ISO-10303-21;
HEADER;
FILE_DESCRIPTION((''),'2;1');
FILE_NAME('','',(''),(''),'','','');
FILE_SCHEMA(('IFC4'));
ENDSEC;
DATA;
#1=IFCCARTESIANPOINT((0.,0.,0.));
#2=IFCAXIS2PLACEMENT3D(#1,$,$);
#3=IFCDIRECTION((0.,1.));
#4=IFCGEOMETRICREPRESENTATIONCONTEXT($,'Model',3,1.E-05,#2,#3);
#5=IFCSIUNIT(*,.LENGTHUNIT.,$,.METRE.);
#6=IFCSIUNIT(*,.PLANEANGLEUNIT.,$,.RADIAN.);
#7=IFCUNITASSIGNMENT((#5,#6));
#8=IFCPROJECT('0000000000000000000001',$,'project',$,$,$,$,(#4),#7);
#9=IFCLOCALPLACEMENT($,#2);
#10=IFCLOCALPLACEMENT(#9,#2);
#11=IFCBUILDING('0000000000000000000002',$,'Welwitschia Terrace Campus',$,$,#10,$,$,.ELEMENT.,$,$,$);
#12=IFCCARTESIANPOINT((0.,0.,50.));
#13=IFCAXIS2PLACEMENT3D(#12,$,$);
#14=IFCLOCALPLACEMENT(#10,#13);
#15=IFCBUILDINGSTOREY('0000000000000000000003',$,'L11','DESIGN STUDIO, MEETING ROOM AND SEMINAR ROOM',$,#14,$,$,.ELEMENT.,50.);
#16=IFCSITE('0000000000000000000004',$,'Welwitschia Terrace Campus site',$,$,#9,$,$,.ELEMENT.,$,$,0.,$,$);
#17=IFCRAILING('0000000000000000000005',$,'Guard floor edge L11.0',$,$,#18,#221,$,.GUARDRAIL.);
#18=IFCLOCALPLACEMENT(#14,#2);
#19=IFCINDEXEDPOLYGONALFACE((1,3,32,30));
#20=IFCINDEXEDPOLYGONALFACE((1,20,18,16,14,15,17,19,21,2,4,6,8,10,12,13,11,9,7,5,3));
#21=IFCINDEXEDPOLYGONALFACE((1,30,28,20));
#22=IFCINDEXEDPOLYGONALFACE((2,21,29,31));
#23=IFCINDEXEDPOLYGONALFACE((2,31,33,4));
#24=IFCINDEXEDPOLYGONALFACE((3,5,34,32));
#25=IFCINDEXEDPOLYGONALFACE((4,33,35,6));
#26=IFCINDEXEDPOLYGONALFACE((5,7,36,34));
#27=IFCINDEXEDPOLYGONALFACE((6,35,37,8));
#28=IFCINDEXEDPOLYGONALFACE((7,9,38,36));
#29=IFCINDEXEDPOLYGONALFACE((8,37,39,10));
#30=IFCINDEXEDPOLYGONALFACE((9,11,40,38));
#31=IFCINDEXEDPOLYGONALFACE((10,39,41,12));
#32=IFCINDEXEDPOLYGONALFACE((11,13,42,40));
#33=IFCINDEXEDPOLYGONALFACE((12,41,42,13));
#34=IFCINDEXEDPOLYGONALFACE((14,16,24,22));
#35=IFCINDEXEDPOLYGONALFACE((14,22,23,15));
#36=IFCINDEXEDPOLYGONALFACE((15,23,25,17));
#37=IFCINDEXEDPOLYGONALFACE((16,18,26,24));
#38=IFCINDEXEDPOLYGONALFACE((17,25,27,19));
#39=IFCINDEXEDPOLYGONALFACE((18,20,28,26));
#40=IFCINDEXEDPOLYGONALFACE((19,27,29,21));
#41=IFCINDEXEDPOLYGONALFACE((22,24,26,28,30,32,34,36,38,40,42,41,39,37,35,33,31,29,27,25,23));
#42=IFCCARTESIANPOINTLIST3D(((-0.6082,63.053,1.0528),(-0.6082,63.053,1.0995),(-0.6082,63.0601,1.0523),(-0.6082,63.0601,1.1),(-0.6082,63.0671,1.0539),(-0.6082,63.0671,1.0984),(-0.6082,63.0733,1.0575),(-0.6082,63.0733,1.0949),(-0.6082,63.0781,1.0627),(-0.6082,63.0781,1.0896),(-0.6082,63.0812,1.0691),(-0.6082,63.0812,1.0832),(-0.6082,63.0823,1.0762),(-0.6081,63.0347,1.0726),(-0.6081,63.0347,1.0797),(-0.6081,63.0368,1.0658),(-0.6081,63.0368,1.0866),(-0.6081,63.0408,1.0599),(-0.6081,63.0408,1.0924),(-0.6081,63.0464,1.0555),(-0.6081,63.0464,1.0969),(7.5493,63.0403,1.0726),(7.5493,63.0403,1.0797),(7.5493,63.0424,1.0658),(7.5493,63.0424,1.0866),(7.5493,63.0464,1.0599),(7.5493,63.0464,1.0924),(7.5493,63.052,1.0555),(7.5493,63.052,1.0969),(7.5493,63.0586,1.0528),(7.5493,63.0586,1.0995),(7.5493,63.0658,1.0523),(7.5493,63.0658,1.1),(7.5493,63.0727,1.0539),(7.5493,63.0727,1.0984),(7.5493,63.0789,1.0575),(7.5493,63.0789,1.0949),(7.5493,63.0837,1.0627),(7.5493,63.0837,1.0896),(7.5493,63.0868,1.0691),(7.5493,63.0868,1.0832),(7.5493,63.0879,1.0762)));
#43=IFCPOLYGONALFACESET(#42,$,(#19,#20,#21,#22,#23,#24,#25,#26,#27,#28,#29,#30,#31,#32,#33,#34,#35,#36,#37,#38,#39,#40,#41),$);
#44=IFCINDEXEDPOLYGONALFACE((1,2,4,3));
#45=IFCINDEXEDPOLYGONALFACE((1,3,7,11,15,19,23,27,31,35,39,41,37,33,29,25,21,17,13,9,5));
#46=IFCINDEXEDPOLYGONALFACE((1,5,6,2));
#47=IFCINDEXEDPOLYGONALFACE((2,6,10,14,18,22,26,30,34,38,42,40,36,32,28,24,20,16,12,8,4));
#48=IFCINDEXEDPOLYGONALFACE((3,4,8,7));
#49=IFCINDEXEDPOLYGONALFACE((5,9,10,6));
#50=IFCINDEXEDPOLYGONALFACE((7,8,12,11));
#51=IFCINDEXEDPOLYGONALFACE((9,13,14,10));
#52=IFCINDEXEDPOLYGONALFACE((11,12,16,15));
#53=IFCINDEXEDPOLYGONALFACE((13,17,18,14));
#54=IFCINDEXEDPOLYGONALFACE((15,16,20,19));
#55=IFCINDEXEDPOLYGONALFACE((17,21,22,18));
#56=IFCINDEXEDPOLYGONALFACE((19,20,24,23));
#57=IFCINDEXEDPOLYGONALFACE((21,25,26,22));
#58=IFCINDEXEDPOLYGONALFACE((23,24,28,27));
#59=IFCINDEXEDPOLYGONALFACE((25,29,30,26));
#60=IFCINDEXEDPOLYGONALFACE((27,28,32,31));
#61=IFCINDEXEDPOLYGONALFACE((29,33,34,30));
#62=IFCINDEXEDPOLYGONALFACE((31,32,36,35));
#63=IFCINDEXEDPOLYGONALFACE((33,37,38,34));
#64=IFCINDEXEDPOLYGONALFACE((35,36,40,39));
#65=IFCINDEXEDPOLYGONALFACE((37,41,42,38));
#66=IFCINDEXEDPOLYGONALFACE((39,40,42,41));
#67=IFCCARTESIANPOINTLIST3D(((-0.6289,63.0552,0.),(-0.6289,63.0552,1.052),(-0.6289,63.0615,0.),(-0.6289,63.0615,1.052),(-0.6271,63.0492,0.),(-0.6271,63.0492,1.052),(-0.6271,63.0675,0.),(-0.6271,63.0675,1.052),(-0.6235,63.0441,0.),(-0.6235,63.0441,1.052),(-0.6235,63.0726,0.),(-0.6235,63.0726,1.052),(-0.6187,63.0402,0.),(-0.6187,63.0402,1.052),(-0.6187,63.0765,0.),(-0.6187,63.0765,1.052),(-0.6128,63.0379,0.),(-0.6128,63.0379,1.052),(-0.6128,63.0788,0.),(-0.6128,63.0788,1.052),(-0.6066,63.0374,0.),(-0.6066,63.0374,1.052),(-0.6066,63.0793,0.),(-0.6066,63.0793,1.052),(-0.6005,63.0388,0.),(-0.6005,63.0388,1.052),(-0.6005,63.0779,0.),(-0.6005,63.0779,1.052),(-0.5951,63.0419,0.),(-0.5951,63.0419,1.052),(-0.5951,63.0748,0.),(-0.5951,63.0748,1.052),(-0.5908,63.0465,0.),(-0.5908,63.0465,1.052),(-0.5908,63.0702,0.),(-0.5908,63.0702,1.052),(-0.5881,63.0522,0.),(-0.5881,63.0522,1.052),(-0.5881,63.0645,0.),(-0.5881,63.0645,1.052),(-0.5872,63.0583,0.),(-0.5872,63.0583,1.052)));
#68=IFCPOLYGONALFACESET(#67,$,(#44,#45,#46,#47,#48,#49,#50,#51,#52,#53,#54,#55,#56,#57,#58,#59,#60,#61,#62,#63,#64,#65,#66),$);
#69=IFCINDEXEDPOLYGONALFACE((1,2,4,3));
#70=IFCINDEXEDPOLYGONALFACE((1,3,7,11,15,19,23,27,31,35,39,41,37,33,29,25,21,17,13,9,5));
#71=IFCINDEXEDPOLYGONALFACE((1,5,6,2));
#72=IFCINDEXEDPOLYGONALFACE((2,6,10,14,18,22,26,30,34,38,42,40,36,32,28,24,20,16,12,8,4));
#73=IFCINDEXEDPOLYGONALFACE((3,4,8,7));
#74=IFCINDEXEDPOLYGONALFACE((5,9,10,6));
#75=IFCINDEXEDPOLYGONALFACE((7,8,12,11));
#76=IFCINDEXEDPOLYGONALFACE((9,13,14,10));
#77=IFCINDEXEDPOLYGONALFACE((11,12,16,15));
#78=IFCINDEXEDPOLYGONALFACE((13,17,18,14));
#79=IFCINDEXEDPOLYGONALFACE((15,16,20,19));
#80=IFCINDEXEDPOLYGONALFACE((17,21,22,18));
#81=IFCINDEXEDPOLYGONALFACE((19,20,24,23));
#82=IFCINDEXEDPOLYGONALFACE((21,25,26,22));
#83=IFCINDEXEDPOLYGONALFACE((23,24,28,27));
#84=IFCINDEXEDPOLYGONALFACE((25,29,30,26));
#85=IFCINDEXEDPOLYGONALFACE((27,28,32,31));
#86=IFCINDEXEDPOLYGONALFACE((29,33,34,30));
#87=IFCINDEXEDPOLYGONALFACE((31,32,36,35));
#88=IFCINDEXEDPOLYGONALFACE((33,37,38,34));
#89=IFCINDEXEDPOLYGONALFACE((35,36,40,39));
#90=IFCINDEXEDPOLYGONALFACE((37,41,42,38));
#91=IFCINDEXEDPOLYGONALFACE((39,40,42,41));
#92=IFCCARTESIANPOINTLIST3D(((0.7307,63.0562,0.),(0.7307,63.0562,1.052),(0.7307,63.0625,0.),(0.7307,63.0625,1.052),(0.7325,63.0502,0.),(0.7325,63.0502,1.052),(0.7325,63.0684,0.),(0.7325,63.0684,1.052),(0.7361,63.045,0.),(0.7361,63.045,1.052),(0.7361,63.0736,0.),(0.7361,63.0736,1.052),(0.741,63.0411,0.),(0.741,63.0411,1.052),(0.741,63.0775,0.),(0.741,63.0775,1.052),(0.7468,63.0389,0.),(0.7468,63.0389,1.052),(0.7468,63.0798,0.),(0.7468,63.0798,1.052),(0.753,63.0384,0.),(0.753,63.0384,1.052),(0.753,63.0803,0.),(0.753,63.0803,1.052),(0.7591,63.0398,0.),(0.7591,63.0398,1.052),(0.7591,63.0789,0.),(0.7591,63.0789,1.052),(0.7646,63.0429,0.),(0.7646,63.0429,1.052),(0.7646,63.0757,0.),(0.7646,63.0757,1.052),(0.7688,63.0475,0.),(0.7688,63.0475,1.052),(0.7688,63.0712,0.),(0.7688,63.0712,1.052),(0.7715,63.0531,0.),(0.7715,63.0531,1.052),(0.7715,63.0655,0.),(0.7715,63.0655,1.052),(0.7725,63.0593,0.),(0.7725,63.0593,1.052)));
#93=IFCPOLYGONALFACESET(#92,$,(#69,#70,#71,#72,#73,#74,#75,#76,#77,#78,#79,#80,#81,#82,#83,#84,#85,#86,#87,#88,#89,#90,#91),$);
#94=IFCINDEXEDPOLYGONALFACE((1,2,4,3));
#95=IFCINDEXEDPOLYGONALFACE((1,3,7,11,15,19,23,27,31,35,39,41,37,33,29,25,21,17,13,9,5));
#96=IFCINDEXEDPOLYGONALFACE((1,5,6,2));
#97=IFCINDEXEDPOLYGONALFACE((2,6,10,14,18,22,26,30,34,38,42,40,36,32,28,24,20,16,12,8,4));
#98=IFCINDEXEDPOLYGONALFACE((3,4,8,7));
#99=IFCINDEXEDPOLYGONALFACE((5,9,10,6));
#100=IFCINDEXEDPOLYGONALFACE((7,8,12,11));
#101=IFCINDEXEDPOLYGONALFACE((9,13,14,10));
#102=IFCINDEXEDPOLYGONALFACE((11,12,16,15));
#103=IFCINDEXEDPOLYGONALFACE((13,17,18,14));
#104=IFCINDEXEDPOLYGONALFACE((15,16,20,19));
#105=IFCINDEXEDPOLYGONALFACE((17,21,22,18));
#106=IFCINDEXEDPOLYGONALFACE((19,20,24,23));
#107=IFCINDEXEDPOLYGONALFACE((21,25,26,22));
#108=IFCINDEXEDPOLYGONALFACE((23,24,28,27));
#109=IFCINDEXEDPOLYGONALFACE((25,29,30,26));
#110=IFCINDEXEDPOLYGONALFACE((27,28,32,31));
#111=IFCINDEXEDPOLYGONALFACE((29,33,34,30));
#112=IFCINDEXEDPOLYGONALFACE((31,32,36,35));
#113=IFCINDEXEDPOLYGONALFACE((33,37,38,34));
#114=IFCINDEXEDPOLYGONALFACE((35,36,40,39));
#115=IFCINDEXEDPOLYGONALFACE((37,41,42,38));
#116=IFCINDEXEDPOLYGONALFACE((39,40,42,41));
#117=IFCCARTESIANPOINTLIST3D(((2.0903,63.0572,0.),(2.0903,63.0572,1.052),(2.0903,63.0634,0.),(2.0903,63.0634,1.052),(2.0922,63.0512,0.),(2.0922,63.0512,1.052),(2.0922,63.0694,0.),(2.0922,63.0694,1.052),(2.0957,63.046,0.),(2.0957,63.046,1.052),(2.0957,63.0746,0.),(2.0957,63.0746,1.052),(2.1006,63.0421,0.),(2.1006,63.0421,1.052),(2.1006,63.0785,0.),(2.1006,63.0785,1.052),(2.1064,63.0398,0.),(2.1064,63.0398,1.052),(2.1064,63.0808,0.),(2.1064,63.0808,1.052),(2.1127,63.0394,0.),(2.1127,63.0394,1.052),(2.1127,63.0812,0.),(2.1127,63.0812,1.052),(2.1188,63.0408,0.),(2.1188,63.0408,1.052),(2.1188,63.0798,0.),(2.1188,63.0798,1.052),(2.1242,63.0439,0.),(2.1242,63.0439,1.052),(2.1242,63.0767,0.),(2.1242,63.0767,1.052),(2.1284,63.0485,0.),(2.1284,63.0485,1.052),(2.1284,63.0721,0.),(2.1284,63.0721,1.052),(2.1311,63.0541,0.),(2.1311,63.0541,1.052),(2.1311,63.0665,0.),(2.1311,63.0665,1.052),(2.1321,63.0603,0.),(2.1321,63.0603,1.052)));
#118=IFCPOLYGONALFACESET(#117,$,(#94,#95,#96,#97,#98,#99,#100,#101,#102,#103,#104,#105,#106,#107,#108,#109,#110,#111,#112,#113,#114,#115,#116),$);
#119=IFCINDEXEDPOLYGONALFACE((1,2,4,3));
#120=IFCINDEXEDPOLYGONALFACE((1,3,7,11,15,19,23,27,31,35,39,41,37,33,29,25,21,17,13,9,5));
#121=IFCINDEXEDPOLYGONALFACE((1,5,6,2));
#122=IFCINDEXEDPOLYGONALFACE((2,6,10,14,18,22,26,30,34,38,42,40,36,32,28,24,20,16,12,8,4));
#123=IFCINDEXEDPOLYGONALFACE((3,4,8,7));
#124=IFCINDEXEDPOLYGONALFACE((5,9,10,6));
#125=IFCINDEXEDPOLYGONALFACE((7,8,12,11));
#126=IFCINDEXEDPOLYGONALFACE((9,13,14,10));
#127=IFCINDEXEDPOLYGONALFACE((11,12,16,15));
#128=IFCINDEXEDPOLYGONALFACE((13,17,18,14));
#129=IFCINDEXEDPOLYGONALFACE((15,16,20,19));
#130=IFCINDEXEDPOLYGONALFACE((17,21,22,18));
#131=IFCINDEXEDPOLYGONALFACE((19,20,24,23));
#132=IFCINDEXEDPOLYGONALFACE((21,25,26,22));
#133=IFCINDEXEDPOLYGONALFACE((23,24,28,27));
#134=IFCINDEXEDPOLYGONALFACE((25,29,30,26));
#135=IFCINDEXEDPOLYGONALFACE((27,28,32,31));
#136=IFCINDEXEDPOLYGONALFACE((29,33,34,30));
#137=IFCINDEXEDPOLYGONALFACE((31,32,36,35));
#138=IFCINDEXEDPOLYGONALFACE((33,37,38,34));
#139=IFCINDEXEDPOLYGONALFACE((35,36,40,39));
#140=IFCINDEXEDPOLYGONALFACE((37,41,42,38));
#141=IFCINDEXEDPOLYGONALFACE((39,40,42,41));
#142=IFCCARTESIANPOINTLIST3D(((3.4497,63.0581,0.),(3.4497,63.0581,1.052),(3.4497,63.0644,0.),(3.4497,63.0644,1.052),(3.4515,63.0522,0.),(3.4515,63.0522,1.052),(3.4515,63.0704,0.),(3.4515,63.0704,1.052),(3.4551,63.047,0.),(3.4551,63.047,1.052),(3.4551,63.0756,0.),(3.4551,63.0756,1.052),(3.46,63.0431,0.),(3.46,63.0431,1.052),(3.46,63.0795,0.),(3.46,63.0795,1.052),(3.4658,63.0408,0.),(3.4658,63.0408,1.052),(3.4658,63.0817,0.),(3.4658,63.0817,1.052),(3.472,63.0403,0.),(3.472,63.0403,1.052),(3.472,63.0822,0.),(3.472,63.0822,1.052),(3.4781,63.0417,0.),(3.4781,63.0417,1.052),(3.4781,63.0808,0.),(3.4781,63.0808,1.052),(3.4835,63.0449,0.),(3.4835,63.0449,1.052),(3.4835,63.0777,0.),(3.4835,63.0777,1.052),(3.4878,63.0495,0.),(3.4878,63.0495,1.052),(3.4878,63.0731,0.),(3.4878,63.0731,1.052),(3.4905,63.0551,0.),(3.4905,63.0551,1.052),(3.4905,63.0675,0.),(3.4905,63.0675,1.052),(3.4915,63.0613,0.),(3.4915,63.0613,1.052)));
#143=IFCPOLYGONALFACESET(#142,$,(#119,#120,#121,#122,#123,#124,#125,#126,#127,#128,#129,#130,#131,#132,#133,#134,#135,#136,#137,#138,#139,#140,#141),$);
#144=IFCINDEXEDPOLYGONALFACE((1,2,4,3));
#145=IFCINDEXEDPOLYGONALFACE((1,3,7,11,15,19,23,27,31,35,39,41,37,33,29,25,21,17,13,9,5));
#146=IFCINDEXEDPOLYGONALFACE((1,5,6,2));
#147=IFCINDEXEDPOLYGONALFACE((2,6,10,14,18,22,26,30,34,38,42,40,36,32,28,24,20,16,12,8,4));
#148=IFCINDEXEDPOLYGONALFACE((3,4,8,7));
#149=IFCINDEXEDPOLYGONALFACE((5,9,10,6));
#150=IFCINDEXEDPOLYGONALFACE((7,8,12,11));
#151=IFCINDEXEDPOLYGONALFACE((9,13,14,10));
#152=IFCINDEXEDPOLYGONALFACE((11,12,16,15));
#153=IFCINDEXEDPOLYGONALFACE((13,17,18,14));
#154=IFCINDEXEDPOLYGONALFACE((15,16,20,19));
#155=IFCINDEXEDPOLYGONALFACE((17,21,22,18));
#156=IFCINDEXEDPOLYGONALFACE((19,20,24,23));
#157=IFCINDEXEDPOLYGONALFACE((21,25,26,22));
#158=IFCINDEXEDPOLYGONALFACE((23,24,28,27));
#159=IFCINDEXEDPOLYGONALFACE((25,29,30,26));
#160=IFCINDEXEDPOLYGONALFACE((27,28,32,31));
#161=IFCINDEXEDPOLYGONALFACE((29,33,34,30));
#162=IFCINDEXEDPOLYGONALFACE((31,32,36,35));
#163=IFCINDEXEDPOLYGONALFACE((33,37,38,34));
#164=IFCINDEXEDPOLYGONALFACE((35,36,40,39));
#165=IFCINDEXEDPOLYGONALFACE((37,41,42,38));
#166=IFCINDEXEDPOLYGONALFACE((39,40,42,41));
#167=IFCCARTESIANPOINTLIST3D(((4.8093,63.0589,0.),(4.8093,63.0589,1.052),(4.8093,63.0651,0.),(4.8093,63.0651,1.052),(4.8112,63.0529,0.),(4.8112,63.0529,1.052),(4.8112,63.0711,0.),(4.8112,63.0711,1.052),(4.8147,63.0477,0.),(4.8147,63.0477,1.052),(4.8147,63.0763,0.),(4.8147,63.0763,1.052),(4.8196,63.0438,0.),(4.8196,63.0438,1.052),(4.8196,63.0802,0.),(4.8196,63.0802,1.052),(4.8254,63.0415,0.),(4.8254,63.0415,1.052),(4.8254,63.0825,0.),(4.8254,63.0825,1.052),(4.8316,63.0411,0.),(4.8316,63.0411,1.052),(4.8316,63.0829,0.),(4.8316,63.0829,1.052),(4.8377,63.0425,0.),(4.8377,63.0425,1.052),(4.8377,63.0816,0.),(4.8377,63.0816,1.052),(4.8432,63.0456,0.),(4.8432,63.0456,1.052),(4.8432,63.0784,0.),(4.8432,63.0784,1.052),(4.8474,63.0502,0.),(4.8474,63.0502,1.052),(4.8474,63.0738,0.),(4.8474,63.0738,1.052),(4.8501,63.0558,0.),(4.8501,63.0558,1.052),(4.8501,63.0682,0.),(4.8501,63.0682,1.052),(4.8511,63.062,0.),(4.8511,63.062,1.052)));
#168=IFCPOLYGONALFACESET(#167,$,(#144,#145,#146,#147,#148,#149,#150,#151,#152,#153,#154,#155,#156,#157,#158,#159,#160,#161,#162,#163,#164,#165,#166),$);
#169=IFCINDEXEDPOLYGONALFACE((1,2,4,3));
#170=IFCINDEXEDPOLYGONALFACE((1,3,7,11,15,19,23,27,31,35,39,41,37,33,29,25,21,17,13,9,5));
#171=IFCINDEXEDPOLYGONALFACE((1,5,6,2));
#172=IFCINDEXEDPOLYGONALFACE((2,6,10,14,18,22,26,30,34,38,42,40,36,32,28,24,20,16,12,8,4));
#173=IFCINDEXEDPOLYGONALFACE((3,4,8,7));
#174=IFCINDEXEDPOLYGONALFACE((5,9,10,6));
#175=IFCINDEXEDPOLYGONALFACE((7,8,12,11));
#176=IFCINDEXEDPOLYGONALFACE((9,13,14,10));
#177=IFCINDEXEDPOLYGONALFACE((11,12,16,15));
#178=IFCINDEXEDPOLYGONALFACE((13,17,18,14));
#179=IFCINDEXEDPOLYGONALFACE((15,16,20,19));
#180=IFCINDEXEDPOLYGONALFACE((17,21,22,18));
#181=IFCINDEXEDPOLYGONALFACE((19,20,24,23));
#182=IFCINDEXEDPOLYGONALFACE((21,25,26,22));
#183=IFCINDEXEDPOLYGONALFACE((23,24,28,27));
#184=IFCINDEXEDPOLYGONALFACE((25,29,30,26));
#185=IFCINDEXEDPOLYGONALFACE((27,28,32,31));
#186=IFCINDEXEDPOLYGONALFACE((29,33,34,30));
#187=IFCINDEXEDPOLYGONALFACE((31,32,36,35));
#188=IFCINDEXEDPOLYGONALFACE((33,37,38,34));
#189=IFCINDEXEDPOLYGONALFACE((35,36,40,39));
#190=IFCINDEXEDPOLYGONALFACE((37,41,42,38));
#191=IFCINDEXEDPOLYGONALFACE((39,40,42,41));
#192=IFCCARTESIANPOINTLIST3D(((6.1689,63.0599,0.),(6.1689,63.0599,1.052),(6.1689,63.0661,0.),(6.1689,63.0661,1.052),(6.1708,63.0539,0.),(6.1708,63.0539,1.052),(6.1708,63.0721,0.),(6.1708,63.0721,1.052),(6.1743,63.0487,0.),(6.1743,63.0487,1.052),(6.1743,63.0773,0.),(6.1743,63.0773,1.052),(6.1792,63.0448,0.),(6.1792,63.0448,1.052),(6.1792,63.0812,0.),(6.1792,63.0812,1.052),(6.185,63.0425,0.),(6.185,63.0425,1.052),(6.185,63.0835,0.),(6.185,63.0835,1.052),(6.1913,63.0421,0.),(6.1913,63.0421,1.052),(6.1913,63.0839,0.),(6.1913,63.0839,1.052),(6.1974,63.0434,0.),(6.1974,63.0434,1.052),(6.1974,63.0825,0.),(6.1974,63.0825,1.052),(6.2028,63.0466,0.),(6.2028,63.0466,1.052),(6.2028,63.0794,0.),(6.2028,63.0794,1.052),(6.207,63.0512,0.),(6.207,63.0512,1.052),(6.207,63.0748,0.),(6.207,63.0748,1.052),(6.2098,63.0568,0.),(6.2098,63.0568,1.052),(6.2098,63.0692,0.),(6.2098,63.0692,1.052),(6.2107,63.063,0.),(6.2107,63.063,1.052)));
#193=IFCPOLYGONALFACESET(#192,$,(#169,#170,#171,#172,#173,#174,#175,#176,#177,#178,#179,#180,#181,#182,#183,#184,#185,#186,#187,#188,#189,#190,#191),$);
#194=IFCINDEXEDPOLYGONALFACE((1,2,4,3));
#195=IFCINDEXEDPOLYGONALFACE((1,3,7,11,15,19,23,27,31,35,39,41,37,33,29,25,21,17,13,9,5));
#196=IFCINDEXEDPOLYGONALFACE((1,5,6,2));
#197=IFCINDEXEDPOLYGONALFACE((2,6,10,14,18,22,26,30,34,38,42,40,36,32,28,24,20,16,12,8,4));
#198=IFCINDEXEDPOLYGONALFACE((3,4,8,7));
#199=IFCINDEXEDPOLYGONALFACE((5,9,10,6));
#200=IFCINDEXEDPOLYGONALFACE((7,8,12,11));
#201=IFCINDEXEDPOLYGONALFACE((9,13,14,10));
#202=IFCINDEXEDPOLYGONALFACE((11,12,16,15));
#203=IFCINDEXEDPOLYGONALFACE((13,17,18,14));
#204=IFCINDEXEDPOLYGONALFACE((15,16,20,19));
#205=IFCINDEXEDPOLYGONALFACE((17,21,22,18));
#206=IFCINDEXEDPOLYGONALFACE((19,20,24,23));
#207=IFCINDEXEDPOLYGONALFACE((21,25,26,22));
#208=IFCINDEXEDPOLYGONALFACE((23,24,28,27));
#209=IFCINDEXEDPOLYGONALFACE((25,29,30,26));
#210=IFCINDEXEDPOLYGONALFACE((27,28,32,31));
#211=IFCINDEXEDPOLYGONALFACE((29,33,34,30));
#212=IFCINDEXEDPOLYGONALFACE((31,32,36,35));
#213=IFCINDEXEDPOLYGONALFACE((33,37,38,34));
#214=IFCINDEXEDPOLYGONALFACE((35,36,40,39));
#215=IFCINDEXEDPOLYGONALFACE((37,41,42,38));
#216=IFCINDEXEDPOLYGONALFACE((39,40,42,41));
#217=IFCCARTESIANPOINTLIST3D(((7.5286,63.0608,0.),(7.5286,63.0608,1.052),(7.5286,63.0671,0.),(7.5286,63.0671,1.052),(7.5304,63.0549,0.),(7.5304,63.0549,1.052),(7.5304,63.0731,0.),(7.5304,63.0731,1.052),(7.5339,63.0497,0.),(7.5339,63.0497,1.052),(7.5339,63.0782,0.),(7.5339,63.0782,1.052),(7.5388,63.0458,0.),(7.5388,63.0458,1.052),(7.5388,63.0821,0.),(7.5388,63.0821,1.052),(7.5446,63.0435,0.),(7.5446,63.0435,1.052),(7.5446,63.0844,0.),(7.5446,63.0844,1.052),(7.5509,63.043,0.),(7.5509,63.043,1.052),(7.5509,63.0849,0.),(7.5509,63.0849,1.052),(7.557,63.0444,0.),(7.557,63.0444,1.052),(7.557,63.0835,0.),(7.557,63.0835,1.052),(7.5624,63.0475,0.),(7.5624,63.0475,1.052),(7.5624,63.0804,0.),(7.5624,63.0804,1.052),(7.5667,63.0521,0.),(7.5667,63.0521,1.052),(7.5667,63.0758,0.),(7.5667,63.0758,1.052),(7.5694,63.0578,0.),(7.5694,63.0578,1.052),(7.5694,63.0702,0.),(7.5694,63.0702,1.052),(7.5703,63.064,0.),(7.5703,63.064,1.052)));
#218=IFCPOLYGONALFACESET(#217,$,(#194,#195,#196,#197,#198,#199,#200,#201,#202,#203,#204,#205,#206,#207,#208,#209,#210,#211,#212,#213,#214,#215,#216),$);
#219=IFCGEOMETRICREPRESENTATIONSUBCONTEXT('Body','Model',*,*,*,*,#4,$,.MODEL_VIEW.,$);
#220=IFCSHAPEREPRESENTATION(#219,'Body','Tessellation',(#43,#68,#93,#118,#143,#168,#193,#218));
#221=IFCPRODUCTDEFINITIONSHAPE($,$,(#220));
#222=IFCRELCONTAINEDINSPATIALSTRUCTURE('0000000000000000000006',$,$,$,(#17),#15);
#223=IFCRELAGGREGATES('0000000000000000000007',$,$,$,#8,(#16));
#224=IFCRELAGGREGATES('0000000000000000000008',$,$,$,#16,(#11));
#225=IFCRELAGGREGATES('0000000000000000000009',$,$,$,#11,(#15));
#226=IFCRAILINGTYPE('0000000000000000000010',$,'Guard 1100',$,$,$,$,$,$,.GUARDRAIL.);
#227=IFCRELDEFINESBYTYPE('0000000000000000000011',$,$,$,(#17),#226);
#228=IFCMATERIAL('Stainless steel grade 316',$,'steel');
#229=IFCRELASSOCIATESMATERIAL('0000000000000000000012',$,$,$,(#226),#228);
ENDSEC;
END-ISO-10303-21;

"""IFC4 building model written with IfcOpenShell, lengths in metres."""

from ifc_helpers import new_model, si_unit, direction, frame, origin, origin_2d, place, context, subcontext, project, spatial, circle, extrude, material, type_object, element, save


model = new_model("IFC4")

# Units and contexts
model_context = context("Model", 3, precision=1e-05, world=origin(), true_north=direction((0.0, 1.0)))
body_context = subcontext(model_context, "Body", "Model", "MODEL_VIEW")
ifc_project = project(units=[si_unit("LENGTHUNIT", "METRE"), si_unit("PLANEANGLEUNIT", "RADIAN")], contexts=[model_context])

# Site, building, storey
site_placement = place(None, origin())
site = spatial("IfcSite", under=ifc_project, at=site_placement, Name="Welwitschia Terrace Campus site", CompositionType="ELEMENT", RefElevation=0.0)
building_placement = place(site_placement, origin())
building = spatial("IfcBuilding", under=site, at=building_placement, Name="Welwitschia Terrace Campus", CompositionType="ELEMENT")
storey_placement = place(building_placement, frame((0.0, 0.0, 50.0)))
storey = spatial("IfcBuildingStorey", under=building, at=storey_placement, Name="L11", Description="DESIGN STUDIO, MEETING ROOM AND SEMINAR ROOM", CompositionType="ELEMENT", Elevation=50.0)

# Railing
ifc_material_1 = material(Name="Stainless steel grade 316", Category="steel")
railing_type = type_object("IfcRailingType", Name="Guard 1100", PredefinedType="GUARDRAIL", material=ifc_material_1)
railing_1_placement = place(storey_placement, frame((-0.6082, 63.0583, 0.0)))
element("IfcRailing", 1, at=railing_1_placement, inside=storey, type_object=railing_type, Name="Guard floor edge L11.0", PredefinedType="GUARDRAIL", context=body_context, shape_type="SweptSolid", body=[
    extrude(circle(Radius=0.0239, at=origin_2d()), frame((0.0, 0.0, 1.0762), z_axis=(1.0, 0.000688, 0.0), x_axis=(-0.000688, 1.0, 0.0)), (0.0, 0.0, 1.0), 8.1575),
    extrude(circle(Radius=0.021, at=origin_2d()), origin(), (0.0, 0.0, 1.0), 1.052),
    extrude(circle(Radius=0.021, at=origin_2d()), frame((1.3596, 0.001, 0.0)), (0.0, 0.0, 1.0), 1.052),
    extrude(circle(Radius=0.021, at=origin_2d()), frame((2.7192, 0.002, 0.0)), (0.0, 0.0, 1.0), 1.052),
    extrude(circle(Radius=0.021, at=origin_2d()), frame((4.0786, 0.0029, 0.0)), (0.0, 0.0, 1.0), 1.052),
    extrude(circle(Radius=0.021, at=origin_2d()), frame((5.4382, 0.0037, 0.0)), (0.0, 0.0, 1.0), 1.052),
    extrude(circle(Radius=0.021, at=origin_2d()), frame((6.7979, 0.0046, 0.0)), (0.0, 0.0, 1.0), 1.052),
    extrude(circle(Radius=0.021, at=origin_2d()), frame((8.1575, 0.0056, 0.0)), (0.0, 0.0, 1.0), 1.052),
])

save(model, "model.ifc")
